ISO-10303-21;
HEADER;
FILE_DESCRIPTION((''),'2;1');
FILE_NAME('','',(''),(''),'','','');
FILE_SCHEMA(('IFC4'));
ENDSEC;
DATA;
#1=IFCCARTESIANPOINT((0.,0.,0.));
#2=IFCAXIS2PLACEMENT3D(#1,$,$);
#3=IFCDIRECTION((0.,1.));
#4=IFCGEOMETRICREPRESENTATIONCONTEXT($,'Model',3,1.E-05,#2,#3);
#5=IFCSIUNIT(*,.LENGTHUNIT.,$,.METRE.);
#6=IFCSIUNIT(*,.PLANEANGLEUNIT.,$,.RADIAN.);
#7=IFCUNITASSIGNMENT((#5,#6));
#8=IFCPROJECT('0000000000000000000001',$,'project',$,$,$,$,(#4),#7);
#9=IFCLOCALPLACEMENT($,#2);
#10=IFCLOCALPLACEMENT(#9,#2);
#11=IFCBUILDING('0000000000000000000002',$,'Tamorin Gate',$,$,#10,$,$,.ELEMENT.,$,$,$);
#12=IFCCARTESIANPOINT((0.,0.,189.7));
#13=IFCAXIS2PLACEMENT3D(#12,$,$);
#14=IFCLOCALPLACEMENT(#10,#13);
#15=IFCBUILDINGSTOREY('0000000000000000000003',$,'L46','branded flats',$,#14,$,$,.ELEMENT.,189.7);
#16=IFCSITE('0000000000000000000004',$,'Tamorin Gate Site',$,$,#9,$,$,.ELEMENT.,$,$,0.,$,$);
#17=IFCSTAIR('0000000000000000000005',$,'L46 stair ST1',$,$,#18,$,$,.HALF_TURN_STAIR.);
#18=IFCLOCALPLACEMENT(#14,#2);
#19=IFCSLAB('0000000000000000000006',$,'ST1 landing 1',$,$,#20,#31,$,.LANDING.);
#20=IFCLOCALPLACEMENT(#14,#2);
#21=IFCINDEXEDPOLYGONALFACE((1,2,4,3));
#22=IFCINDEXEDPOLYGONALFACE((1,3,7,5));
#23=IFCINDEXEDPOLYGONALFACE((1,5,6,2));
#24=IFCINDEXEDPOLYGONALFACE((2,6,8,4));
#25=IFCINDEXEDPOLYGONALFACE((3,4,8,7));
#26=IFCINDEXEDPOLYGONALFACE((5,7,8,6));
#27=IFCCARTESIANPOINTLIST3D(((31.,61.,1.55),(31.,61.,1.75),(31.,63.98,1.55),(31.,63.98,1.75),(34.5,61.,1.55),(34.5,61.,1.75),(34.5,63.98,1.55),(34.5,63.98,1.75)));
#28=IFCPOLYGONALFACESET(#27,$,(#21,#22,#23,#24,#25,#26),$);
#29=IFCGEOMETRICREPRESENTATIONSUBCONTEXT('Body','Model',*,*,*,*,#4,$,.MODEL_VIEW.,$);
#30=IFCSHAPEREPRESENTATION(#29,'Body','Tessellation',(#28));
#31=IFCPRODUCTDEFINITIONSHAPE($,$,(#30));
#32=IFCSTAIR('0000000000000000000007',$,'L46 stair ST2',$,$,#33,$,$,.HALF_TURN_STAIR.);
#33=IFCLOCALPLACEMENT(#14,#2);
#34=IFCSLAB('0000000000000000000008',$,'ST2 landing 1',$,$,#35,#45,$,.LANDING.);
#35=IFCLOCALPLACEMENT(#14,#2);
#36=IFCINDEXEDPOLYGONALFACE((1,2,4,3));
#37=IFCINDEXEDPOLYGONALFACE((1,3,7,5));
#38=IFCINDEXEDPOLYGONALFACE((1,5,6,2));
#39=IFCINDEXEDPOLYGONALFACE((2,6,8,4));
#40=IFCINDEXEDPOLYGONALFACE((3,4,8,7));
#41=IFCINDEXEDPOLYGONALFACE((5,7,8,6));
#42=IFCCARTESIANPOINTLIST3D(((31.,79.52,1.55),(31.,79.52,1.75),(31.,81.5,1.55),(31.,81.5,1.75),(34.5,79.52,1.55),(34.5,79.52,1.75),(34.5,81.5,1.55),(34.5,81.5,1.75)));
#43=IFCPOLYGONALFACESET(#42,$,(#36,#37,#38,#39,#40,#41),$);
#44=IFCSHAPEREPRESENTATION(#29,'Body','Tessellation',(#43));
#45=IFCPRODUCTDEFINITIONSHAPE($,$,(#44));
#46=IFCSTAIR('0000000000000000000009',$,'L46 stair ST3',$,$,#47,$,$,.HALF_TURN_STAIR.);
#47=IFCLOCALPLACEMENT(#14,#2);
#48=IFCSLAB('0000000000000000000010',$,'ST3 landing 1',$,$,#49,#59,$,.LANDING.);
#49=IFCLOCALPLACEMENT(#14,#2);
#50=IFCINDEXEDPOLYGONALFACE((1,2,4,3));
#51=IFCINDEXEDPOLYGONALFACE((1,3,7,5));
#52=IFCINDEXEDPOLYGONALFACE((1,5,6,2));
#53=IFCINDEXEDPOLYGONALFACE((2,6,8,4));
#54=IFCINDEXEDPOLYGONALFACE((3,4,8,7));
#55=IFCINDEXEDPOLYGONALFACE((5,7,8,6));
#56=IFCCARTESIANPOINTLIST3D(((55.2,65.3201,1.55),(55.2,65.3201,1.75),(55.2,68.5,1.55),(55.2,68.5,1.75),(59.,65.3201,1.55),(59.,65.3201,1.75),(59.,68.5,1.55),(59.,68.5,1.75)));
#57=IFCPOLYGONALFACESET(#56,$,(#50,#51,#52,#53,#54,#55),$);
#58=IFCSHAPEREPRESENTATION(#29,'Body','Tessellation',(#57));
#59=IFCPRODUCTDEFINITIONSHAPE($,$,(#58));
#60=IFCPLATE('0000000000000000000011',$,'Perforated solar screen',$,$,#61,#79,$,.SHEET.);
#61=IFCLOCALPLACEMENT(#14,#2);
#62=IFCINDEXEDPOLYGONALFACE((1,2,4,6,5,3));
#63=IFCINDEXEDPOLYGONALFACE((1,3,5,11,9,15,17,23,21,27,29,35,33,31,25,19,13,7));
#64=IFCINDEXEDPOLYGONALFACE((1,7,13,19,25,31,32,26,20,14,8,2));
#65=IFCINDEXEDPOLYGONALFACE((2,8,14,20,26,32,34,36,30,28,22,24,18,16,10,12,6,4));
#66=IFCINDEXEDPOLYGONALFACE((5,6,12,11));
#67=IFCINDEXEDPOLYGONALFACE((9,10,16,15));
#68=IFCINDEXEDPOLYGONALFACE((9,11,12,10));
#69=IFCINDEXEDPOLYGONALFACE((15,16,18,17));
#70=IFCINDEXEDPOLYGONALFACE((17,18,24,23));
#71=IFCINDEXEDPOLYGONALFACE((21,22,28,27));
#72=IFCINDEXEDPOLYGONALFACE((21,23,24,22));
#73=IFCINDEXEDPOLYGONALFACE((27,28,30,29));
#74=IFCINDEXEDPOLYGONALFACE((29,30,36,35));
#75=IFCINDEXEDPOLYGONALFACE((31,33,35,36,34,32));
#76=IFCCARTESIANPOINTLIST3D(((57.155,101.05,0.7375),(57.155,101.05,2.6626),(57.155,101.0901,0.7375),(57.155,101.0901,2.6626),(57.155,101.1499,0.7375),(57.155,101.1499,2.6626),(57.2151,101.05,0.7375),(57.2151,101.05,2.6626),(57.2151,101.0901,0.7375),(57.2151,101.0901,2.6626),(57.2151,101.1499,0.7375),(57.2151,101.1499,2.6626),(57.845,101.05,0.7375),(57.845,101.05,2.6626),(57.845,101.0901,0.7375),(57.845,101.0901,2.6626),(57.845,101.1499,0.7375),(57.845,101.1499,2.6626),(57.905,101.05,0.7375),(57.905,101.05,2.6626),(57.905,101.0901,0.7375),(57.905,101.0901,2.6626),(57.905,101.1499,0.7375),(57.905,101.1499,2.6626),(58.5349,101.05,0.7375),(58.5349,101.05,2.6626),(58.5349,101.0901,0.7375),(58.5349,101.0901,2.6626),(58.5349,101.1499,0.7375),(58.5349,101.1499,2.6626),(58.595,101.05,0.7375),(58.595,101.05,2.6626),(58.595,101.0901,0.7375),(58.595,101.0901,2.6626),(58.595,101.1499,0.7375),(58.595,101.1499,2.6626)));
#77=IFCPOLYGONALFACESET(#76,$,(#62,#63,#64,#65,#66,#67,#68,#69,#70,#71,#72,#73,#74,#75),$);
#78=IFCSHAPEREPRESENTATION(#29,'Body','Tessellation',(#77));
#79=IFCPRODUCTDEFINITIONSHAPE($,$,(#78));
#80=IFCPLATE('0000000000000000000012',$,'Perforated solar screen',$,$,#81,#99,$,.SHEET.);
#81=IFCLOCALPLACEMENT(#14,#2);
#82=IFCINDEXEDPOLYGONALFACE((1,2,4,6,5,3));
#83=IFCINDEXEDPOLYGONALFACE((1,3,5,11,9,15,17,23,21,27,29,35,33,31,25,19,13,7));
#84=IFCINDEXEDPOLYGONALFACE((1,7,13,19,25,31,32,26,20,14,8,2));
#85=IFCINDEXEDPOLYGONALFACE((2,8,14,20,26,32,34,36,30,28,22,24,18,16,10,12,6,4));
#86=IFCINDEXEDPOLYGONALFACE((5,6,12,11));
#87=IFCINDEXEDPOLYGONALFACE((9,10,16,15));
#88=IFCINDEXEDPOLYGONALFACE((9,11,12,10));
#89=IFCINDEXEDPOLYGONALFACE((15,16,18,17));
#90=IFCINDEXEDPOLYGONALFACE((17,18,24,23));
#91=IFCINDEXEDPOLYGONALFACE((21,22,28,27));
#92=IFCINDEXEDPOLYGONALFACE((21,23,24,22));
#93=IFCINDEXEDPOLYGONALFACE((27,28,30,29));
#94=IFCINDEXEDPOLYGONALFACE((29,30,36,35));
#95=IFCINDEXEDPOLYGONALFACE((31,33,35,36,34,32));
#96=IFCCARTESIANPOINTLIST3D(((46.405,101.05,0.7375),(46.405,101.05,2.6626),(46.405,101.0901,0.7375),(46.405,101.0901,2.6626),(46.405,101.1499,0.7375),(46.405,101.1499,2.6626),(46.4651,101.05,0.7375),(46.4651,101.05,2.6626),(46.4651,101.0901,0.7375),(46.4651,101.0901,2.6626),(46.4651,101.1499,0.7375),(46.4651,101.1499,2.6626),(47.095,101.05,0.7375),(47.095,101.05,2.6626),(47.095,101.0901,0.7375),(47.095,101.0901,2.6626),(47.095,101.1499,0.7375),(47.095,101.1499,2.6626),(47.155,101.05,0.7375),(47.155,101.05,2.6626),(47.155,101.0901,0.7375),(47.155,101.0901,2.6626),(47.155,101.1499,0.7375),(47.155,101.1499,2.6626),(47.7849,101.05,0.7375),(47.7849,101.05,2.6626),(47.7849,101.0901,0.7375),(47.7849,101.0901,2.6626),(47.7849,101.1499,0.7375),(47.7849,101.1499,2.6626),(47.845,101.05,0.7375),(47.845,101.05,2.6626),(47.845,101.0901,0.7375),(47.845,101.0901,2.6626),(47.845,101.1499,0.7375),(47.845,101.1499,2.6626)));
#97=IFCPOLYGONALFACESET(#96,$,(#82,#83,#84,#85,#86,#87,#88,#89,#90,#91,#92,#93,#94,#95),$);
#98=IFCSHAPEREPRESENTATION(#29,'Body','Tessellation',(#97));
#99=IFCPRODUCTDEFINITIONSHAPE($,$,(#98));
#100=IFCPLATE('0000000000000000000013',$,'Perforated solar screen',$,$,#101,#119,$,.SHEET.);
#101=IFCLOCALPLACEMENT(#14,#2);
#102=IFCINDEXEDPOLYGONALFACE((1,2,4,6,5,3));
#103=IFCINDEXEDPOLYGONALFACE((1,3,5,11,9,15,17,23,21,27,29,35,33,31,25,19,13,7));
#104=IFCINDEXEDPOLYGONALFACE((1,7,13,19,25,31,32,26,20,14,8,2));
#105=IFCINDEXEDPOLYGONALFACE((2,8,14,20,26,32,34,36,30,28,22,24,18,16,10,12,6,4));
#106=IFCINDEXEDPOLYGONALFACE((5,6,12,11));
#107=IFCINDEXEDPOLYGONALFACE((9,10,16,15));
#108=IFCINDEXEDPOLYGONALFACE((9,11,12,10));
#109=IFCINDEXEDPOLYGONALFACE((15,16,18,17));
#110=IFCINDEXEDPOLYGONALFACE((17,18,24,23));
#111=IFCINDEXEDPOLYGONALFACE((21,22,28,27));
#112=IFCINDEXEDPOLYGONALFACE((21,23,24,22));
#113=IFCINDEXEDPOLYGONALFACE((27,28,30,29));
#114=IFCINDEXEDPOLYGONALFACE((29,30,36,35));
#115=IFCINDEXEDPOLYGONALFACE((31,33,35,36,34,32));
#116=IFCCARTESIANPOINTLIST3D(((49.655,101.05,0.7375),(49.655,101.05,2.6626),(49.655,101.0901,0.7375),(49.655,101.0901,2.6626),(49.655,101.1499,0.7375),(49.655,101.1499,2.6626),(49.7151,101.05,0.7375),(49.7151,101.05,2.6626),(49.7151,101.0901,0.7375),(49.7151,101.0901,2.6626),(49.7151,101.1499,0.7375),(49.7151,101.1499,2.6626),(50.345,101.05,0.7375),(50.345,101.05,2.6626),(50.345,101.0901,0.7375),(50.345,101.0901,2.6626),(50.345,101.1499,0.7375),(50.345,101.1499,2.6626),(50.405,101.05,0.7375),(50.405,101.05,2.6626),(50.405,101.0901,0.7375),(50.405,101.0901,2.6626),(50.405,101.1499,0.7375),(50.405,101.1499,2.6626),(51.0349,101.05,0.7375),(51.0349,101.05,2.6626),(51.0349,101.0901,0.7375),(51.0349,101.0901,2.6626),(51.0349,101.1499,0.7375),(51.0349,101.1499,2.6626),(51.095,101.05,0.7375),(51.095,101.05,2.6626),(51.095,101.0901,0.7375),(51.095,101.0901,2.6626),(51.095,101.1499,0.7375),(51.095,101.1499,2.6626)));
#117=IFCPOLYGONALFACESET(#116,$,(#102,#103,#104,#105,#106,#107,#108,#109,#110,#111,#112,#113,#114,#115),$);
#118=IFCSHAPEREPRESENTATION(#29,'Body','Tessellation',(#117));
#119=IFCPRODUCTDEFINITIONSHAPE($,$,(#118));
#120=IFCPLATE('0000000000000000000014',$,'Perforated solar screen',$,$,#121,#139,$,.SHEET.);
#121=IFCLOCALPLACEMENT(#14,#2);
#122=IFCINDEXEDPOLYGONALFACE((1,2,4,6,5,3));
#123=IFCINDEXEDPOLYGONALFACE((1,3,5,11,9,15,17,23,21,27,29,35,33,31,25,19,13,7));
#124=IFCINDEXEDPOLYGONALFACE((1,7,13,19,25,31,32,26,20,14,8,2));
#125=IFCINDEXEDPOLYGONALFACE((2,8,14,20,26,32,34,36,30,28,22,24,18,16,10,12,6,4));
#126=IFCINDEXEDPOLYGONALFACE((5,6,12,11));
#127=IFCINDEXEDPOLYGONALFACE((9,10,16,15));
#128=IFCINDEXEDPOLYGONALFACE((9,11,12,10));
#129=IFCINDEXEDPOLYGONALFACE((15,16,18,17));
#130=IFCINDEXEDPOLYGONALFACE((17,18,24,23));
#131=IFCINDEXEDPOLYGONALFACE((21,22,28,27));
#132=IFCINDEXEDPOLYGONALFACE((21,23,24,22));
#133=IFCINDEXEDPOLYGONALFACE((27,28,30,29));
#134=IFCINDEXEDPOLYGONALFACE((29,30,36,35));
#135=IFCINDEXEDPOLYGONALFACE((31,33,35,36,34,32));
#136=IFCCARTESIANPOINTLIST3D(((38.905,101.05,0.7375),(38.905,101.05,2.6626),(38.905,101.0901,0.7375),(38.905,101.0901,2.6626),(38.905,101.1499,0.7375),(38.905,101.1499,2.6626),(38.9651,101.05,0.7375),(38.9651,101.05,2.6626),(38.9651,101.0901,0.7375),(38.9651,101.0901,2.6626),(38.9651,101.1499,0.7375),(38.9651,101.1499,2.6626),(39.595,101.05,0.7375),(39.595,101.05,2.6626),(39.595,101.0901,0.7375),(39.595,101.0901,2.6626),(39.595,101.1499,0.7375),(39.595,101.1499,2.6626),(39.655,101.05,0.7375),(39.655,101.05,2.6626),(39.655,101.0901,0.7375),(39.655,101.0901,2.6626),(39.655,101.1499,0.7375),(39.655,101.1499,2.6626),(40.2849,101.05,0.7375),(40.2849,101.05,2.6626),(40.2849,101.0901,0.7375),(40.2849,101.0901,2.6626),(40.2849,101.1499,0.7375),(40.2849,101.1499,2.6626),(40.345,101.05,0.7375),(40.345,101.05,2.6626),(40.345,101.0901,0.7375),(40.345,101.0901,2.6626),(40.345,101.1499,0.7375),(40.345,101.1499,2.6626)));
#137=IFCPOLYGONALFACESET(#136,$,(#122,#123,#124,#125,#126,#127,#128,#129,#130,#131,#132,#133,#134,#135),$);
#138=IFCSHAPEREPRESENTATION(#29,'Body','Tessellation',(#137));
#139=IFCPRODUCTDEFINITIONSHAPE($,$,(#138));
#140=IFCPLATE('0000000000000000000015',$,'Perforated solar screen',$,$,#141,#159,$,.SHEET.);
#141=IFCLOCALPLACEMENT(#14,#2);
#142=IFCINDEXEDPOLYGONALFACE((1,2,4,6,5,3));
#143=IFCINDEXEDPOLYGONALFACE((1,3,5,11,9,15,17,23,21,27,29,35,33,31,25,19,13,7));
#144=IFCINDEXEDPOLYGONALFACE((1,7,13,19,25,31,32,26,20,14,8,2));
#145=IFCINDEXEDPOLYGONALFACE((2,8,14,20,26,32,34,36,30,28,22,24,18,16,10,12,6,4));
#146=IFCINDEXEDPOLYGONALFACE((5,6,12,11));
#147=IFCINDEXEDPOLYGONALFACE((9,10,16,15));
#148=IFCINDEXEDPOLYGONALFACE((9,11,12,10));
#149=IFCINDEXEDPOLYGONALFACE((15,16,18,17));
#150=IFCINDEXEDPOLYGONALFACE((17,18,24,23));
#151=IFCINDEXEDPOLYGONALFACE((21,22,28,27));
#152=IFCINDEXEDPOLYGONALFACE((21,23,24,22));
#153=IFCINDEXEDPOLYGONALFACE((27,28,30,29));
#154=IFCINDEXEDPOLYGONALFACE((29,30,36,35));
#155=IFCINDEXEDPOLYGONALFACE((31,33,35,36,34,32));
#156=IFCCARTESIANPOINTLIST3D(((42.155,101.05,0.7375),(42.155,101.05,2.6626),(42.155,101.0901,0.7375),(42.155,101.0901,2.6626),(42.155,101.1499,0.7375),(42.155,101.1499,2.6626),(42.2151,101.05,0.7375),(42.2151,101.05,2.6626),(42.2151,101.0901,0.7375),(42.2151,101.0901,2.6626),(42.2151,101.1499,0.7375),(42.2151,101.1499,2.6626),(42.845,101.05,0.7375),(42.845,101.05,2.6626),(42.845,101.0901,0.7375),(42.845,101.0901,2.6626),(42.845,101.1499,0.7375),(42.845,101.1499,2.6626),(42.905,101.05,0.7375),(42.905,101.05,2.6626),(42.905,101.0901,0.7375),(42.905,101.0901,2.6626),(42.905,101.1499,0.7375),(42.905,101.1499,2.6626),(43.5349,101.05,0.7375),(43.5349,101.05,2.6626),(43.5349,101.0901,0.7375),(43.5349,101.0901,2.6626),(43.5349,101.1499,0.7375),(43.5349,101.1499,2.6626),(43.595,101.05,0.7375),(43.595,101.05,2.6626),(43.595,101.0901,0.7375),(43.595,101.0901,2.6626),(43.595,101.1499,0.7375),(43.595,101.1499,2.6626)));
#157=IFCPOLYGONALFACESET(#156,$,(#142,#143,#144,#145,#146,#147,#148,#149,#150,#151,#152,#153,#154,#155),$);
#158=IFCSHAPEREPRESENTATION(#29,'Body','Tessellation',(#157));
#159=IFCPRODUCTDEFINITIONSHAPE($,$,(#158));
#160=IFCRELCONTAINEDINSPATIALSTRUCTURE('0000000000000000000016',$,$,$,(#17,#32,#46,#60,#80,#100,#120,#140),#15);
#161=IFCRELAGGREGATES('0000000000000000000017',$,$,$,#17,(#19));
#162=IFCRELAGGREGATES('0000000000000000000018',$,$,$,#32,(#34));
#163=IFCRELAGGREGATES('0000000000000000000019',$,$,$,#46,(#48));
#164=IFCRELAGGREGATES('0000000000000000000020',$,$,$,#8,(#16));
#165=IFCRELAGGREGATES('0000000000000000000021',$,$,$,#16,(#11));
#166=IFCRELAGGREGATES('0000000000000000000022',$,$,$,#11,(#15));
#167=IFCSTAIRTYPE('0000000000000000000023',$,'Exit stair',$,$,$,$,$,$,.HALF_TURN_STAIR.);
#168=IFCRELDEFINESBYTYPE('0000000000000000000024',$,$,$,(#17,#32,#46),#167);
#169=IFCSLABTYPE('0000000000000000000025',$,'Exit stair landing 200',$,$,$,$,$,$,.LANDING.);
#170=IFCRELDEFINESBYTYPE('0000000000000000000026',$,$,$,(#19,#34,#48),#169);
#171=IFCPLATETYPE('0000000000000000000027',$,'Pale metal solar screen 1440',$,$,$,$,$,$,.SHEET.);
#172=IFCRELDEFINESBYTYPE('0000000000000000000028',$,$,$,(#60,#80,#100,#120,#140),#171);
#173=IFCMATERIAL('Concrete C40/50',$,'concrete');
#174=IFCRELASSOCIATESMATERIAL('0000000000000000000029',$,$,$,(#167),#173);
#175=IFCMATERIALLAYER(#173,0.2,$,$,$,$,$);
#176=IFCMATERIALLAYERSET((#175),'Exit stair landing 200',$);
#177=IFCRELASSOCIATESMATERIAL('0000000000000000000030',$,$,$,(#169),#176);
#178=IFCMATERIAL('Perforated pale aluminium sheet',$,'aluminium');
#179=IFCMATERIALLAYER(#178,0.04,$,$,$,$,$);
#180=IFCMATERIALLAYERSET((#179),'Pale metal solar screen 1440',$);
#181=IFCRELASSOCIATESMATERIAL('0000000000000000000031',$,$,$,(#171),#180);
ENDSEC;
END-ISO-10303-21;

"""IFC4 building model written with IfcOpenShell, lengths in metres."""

from ifc_helpers import new_model, si_unit, direction, frame, origin, place, context, subcontext, project, spatial, polyline, outline, extrude, material, layer, layer_set, type_object, element, aggregate, save


model = new_model("IFC4")

# Units and contexts
model_context = context("Model", 3, precision=1e-05, world=origin(), true_north=direction((0.0, 1.0)))
body_context = subcontext(model_context, "Body", "Model", "MODEL_VIEW")
ifc_project = project(units=[si_unit("LENGTHUNIT", "METRE"), si_unit("PLANEANGLEUNIT", "RADIAN")], contexts=[model_context])

# Site, building, storey
site_placement = place(None, origin())
site = spatial("IfcSite", under=ifc_project, at=site_placement, Name="Tamorin Gate Site", CompositionType="ELEMENT", RefElevation=0.0)
building_placement = place(site_placement, origin())
building = spatial("IfcBuilding", under=site, at=building_placement, Name="Tamorin Gate", CompositionType="ELEMENT")
storey_placement = place(building_placement, frame((0.0, 0.0, 189.7)))
storey = spatial("IfcBuildingStorey", under=building, at=storey_placement, Name="L46", Description="branded flats", CompositionType="ELEMENT", Elevation=189.7)

# Stairs, slabs
ifc_material_1 = material(Name="Concrete C40/50", Category="concrete")
stair_type = type_object("IfcStairType", Name="Exit stair", PredefinedType="HALF_TURN_STAIR", material=ifc_material_1)
stair_1_placement = place(storey_placement, origin())
stair_1 = element("IfcStair", 1, at=stair_1_placement, inside=storey, type_object=stair_type, Name="L46 stair ST1", PredefinedType="HALF_TURN_STAIR")
ifc_layer_1 = layer(ifc_material_1, 0.2)
ifc_layer_set_1 = layer_set([ifc_layer_1], Name="Exit stair landing 200")
slab_type = type_object("IfcSlabType", Name="Exit stair landing 200", PredefinedType="LANDING", material=ifc_layer_set_1)
slab_1_placement = place(storey_placement, frame((0.0, 0.0, 1.55)))
slab_1 = element("IfcSlab", 2, at=slab_1_placement, type_object=slab_type, Name="ST1 landing 1", PredefinedType="LANDING", context=body_context, shape_type="SweptSolid", body=[
    extrude(outline(polyline([(31.0, 63.98), (31.0, 61.0), (34.5, 61.0), (34.5, 63.98), (31.0, 63.98)])), origin(), (0.0, 0.0, 1.0), 0.2),
])
aggregate(stair_1, [slab_1])
stair_2_placement = place(storey_placement, origin())
stair_2 = element("IfcStair", 3, at=stair_2_placement, inside=storey, type_object=stair_type, Name="L46 stair ST2", PredefinedType="HALF_TURN_STAIR")
slab_2_placement = place(storey_placement, frame((0.0, 0.0, 1.55)))
slab_2 = element("IfcSlab", 4, at=slab_2_placement, type_object=slab_type, Name="ST2 landing 1", PredefinedType="LANDING", context=body_context, shape_type="SweptSolid", body=[
    extrude(outline(polyline([(34.5, 79.52), (34.5, 81.5), (31.0, 81.5), (31.0, 79.52), (34.5, 79.52)])), origin(), (0.0, 0.0, 1.0), 0.2),
])
aggregate(stair_2, [slab_2])
stair_3_placement = place(storey_placement, origin())
stair_3 = element("IfcStair", 5, at=stair_3_placement, inside=storey, type_object=stair_type, Name="L46 stair ST3", PredefinedType="HALF_TURN_STAIR")
slab_3_placement = place(storey_placement, frame((0.0, 0.0, 1.55)))
slab_3 = element("IfcSlab", 6, at=slab_3_placement, type_object=slab_type, Name="ST3 landing 1", PredefinedType="LANDING", context=body_context, shape_type="SweptSolid", body=[
    extrude(outline(polyline([(59.0, 65.3201), (59.0, 68.5), (55.2, 68.5), (55.2, 65.3201), (59.0, 65.3201)])), origin(), (0.0, 0.0, 1.0), 0.2),
])
aggregate(stair_3, [slab_3])

# Plates
ifc_material_2 = material(Name="Perforated pale aluminium sheet", Category="aluminium")
ifc_layer_2 = layer(ifc_material_2, 0.04)
ifc_layer_set_2 = layer_set([ifc_layer_2], Name="Pale metal solar screen 1440")
plate_type_1 = type_object("IfcPlateType", Name="Pale metal solar screen 1440", PredefinedType="SHEET", material=ifc_layer_set_2)
plate_1_placement = place(storey_placement, frame((0.0, 0.0, 0.7375)))
element("IfcPlate", 7, at=plate_1_placement, inside=storey, type_object=plate_type_1, Name="Perforated solar screen", PredefinedType="SHEET", context=body_context, shape_type="SweptSolid", body=[
    extrude(outline(polyline([(58.595, 101.0901), (58.595, 101.05), (58.5349, 101.05), (57.905, 101.05), (57.845, 101.05), (57.2151, 101.05), (57.155, 101.05), (57.155, 101.0901), (57.155, 101.1499), (57.2151, 101.1499), (57.2151, 101.0901), (57.845, 101.0901), (57.845, 101.1499), (57.905, 101.1499), (57.905, 101.0901), (58.5349, 101.0901), (58.5349, 101.1499), (58.595, 101.1499), (58.595, 101.0901)])), origin(), (0.0, 0.0, 1.0), 1.925),
])
plate_2_placement = place(storey_placement, frame((0.0, 0.0, 0.7375)))
element("IfcPlate", 8, at=plate_2_placement, inside=storey, type_object=plate_type_1, Name="Perforated solar screen", PredefinedType="SHEET", context=body_context, shape_type="SweptSolid", body=[
    extrude(outline(polyline([(47.845, 101.0901), (47.845, 101.05), (47.7849, 101.05), (47.155, 101.05), (47.095, 101.05), (46.4651, 101.05), (46.405, 101.05), (46.405, 101.0901), (46.405, 101.1499), (46.4651, 101.1499), (46.4651, 101.0901), (47.095, 101.0901), (47.095, 101.1499), (47.155, 101.1499), (47.155, 101.0901), (47.7849, 101.0901), (47.7849, 101.1499), (47.845, 101.1499), (47.845, 101.0901)])), origin(), (0.0, 0.0, 1.0), 1.925),
])
plate_3_placement = place(storey_placement, frame((0.0, 0.0, 0.7375)))
element("IfcPlate", 9, at=plate_3_placement, inside=storey, type_object=plate_type_1, Name="Perforated solar screen", PredefinedType="SHEET", context=body_context, shape_type="SweptSolid", body=[
    extrude(outline(polyline([(51.095, 101.0901), (51.095, 101.05), (51.0349, 101.05), (50.405, 101.05), (50.345, 101.05), (49.7151, 101.05), (49.655, 101.05), (49.655, 101.0901), (49.655, 101.1499), (49.7151, 101.1499), (49.7151, 101.0901), (50.345, 101.0901), (50.345, 101.1499), (50.405, 101.1499), (50.405, 101.0901), (51.0349, 101.0901), (51.0349, 101.1499), (51.095, 101.1499), (51.095, 101.0901)])), origin(), (0.0, 0.0, 1.0), 1.925),
])
plate_4_placement = place(storey_placement, frame((0.0, 0.0, 0.7375)))
element("IfcPlate", 10, at=plate_4_placement, inside=storey, type_object=plate_type_1, Name="Perforated solar screen", PredefinedType="SHEET", context=body_context, shape_type="SweptSolid", body=[
    extrude(outline(polyline([(40.345, 101.0901), (40.345, 101.05), (40.2849, 101.05), (39.655, 101.05), (39.595, 101.05), (38.9651, 101.05), (38.905, 101.05), (38.905, 101.0901), (38.905, 101.1499), (38.9651, 101.1499), (38.9651, 101.0901), (39.595, 101.0901), (39.595, 101.1499), (39.655, 101.1499), (39.655, 101.0901), (40.2849, 101.0901), (40.2849, 101.1499), (40.345, 101.1499), (40.345, 101.0901)])), origin(), (0.0, 0.0, 1.0), 1.925),
])
plate_5_placement = place(storey_placement, frame((0.0, 0.0, 0.7375)))
element("IfcPlate", 11, at=plate_5_placement, inside=storey, type_object=plate_type_1, Name="Perforated solar screen", PredefinedType="SHEET", context=body_context, shape_type="SweptSolid", body=[
    extrude(outline(polyline([(43.595, 101.0901), (43.595, 101.05), (43.5349, 101.05), (42.905, 101.05), (42.845, 101.05), (42.2151, 101.05), (42.155, 101.05), (42.155, 101.0901), (42.155, 101.1499), (42.2151, 101.1499), (42.2151, 101.0901), (42.845, 101.0901), (42.845, 101.1499), (42.905, 101.1499), (42.905, 101.0901), (43.5349, 101.0901), (43.5349, 101.1499), (43.595, 101.1499), (43.595, 101.0901)])), origin(), (0.0, 0.0, 1.0), 1.925),
])

save(model, "model.ifc")
